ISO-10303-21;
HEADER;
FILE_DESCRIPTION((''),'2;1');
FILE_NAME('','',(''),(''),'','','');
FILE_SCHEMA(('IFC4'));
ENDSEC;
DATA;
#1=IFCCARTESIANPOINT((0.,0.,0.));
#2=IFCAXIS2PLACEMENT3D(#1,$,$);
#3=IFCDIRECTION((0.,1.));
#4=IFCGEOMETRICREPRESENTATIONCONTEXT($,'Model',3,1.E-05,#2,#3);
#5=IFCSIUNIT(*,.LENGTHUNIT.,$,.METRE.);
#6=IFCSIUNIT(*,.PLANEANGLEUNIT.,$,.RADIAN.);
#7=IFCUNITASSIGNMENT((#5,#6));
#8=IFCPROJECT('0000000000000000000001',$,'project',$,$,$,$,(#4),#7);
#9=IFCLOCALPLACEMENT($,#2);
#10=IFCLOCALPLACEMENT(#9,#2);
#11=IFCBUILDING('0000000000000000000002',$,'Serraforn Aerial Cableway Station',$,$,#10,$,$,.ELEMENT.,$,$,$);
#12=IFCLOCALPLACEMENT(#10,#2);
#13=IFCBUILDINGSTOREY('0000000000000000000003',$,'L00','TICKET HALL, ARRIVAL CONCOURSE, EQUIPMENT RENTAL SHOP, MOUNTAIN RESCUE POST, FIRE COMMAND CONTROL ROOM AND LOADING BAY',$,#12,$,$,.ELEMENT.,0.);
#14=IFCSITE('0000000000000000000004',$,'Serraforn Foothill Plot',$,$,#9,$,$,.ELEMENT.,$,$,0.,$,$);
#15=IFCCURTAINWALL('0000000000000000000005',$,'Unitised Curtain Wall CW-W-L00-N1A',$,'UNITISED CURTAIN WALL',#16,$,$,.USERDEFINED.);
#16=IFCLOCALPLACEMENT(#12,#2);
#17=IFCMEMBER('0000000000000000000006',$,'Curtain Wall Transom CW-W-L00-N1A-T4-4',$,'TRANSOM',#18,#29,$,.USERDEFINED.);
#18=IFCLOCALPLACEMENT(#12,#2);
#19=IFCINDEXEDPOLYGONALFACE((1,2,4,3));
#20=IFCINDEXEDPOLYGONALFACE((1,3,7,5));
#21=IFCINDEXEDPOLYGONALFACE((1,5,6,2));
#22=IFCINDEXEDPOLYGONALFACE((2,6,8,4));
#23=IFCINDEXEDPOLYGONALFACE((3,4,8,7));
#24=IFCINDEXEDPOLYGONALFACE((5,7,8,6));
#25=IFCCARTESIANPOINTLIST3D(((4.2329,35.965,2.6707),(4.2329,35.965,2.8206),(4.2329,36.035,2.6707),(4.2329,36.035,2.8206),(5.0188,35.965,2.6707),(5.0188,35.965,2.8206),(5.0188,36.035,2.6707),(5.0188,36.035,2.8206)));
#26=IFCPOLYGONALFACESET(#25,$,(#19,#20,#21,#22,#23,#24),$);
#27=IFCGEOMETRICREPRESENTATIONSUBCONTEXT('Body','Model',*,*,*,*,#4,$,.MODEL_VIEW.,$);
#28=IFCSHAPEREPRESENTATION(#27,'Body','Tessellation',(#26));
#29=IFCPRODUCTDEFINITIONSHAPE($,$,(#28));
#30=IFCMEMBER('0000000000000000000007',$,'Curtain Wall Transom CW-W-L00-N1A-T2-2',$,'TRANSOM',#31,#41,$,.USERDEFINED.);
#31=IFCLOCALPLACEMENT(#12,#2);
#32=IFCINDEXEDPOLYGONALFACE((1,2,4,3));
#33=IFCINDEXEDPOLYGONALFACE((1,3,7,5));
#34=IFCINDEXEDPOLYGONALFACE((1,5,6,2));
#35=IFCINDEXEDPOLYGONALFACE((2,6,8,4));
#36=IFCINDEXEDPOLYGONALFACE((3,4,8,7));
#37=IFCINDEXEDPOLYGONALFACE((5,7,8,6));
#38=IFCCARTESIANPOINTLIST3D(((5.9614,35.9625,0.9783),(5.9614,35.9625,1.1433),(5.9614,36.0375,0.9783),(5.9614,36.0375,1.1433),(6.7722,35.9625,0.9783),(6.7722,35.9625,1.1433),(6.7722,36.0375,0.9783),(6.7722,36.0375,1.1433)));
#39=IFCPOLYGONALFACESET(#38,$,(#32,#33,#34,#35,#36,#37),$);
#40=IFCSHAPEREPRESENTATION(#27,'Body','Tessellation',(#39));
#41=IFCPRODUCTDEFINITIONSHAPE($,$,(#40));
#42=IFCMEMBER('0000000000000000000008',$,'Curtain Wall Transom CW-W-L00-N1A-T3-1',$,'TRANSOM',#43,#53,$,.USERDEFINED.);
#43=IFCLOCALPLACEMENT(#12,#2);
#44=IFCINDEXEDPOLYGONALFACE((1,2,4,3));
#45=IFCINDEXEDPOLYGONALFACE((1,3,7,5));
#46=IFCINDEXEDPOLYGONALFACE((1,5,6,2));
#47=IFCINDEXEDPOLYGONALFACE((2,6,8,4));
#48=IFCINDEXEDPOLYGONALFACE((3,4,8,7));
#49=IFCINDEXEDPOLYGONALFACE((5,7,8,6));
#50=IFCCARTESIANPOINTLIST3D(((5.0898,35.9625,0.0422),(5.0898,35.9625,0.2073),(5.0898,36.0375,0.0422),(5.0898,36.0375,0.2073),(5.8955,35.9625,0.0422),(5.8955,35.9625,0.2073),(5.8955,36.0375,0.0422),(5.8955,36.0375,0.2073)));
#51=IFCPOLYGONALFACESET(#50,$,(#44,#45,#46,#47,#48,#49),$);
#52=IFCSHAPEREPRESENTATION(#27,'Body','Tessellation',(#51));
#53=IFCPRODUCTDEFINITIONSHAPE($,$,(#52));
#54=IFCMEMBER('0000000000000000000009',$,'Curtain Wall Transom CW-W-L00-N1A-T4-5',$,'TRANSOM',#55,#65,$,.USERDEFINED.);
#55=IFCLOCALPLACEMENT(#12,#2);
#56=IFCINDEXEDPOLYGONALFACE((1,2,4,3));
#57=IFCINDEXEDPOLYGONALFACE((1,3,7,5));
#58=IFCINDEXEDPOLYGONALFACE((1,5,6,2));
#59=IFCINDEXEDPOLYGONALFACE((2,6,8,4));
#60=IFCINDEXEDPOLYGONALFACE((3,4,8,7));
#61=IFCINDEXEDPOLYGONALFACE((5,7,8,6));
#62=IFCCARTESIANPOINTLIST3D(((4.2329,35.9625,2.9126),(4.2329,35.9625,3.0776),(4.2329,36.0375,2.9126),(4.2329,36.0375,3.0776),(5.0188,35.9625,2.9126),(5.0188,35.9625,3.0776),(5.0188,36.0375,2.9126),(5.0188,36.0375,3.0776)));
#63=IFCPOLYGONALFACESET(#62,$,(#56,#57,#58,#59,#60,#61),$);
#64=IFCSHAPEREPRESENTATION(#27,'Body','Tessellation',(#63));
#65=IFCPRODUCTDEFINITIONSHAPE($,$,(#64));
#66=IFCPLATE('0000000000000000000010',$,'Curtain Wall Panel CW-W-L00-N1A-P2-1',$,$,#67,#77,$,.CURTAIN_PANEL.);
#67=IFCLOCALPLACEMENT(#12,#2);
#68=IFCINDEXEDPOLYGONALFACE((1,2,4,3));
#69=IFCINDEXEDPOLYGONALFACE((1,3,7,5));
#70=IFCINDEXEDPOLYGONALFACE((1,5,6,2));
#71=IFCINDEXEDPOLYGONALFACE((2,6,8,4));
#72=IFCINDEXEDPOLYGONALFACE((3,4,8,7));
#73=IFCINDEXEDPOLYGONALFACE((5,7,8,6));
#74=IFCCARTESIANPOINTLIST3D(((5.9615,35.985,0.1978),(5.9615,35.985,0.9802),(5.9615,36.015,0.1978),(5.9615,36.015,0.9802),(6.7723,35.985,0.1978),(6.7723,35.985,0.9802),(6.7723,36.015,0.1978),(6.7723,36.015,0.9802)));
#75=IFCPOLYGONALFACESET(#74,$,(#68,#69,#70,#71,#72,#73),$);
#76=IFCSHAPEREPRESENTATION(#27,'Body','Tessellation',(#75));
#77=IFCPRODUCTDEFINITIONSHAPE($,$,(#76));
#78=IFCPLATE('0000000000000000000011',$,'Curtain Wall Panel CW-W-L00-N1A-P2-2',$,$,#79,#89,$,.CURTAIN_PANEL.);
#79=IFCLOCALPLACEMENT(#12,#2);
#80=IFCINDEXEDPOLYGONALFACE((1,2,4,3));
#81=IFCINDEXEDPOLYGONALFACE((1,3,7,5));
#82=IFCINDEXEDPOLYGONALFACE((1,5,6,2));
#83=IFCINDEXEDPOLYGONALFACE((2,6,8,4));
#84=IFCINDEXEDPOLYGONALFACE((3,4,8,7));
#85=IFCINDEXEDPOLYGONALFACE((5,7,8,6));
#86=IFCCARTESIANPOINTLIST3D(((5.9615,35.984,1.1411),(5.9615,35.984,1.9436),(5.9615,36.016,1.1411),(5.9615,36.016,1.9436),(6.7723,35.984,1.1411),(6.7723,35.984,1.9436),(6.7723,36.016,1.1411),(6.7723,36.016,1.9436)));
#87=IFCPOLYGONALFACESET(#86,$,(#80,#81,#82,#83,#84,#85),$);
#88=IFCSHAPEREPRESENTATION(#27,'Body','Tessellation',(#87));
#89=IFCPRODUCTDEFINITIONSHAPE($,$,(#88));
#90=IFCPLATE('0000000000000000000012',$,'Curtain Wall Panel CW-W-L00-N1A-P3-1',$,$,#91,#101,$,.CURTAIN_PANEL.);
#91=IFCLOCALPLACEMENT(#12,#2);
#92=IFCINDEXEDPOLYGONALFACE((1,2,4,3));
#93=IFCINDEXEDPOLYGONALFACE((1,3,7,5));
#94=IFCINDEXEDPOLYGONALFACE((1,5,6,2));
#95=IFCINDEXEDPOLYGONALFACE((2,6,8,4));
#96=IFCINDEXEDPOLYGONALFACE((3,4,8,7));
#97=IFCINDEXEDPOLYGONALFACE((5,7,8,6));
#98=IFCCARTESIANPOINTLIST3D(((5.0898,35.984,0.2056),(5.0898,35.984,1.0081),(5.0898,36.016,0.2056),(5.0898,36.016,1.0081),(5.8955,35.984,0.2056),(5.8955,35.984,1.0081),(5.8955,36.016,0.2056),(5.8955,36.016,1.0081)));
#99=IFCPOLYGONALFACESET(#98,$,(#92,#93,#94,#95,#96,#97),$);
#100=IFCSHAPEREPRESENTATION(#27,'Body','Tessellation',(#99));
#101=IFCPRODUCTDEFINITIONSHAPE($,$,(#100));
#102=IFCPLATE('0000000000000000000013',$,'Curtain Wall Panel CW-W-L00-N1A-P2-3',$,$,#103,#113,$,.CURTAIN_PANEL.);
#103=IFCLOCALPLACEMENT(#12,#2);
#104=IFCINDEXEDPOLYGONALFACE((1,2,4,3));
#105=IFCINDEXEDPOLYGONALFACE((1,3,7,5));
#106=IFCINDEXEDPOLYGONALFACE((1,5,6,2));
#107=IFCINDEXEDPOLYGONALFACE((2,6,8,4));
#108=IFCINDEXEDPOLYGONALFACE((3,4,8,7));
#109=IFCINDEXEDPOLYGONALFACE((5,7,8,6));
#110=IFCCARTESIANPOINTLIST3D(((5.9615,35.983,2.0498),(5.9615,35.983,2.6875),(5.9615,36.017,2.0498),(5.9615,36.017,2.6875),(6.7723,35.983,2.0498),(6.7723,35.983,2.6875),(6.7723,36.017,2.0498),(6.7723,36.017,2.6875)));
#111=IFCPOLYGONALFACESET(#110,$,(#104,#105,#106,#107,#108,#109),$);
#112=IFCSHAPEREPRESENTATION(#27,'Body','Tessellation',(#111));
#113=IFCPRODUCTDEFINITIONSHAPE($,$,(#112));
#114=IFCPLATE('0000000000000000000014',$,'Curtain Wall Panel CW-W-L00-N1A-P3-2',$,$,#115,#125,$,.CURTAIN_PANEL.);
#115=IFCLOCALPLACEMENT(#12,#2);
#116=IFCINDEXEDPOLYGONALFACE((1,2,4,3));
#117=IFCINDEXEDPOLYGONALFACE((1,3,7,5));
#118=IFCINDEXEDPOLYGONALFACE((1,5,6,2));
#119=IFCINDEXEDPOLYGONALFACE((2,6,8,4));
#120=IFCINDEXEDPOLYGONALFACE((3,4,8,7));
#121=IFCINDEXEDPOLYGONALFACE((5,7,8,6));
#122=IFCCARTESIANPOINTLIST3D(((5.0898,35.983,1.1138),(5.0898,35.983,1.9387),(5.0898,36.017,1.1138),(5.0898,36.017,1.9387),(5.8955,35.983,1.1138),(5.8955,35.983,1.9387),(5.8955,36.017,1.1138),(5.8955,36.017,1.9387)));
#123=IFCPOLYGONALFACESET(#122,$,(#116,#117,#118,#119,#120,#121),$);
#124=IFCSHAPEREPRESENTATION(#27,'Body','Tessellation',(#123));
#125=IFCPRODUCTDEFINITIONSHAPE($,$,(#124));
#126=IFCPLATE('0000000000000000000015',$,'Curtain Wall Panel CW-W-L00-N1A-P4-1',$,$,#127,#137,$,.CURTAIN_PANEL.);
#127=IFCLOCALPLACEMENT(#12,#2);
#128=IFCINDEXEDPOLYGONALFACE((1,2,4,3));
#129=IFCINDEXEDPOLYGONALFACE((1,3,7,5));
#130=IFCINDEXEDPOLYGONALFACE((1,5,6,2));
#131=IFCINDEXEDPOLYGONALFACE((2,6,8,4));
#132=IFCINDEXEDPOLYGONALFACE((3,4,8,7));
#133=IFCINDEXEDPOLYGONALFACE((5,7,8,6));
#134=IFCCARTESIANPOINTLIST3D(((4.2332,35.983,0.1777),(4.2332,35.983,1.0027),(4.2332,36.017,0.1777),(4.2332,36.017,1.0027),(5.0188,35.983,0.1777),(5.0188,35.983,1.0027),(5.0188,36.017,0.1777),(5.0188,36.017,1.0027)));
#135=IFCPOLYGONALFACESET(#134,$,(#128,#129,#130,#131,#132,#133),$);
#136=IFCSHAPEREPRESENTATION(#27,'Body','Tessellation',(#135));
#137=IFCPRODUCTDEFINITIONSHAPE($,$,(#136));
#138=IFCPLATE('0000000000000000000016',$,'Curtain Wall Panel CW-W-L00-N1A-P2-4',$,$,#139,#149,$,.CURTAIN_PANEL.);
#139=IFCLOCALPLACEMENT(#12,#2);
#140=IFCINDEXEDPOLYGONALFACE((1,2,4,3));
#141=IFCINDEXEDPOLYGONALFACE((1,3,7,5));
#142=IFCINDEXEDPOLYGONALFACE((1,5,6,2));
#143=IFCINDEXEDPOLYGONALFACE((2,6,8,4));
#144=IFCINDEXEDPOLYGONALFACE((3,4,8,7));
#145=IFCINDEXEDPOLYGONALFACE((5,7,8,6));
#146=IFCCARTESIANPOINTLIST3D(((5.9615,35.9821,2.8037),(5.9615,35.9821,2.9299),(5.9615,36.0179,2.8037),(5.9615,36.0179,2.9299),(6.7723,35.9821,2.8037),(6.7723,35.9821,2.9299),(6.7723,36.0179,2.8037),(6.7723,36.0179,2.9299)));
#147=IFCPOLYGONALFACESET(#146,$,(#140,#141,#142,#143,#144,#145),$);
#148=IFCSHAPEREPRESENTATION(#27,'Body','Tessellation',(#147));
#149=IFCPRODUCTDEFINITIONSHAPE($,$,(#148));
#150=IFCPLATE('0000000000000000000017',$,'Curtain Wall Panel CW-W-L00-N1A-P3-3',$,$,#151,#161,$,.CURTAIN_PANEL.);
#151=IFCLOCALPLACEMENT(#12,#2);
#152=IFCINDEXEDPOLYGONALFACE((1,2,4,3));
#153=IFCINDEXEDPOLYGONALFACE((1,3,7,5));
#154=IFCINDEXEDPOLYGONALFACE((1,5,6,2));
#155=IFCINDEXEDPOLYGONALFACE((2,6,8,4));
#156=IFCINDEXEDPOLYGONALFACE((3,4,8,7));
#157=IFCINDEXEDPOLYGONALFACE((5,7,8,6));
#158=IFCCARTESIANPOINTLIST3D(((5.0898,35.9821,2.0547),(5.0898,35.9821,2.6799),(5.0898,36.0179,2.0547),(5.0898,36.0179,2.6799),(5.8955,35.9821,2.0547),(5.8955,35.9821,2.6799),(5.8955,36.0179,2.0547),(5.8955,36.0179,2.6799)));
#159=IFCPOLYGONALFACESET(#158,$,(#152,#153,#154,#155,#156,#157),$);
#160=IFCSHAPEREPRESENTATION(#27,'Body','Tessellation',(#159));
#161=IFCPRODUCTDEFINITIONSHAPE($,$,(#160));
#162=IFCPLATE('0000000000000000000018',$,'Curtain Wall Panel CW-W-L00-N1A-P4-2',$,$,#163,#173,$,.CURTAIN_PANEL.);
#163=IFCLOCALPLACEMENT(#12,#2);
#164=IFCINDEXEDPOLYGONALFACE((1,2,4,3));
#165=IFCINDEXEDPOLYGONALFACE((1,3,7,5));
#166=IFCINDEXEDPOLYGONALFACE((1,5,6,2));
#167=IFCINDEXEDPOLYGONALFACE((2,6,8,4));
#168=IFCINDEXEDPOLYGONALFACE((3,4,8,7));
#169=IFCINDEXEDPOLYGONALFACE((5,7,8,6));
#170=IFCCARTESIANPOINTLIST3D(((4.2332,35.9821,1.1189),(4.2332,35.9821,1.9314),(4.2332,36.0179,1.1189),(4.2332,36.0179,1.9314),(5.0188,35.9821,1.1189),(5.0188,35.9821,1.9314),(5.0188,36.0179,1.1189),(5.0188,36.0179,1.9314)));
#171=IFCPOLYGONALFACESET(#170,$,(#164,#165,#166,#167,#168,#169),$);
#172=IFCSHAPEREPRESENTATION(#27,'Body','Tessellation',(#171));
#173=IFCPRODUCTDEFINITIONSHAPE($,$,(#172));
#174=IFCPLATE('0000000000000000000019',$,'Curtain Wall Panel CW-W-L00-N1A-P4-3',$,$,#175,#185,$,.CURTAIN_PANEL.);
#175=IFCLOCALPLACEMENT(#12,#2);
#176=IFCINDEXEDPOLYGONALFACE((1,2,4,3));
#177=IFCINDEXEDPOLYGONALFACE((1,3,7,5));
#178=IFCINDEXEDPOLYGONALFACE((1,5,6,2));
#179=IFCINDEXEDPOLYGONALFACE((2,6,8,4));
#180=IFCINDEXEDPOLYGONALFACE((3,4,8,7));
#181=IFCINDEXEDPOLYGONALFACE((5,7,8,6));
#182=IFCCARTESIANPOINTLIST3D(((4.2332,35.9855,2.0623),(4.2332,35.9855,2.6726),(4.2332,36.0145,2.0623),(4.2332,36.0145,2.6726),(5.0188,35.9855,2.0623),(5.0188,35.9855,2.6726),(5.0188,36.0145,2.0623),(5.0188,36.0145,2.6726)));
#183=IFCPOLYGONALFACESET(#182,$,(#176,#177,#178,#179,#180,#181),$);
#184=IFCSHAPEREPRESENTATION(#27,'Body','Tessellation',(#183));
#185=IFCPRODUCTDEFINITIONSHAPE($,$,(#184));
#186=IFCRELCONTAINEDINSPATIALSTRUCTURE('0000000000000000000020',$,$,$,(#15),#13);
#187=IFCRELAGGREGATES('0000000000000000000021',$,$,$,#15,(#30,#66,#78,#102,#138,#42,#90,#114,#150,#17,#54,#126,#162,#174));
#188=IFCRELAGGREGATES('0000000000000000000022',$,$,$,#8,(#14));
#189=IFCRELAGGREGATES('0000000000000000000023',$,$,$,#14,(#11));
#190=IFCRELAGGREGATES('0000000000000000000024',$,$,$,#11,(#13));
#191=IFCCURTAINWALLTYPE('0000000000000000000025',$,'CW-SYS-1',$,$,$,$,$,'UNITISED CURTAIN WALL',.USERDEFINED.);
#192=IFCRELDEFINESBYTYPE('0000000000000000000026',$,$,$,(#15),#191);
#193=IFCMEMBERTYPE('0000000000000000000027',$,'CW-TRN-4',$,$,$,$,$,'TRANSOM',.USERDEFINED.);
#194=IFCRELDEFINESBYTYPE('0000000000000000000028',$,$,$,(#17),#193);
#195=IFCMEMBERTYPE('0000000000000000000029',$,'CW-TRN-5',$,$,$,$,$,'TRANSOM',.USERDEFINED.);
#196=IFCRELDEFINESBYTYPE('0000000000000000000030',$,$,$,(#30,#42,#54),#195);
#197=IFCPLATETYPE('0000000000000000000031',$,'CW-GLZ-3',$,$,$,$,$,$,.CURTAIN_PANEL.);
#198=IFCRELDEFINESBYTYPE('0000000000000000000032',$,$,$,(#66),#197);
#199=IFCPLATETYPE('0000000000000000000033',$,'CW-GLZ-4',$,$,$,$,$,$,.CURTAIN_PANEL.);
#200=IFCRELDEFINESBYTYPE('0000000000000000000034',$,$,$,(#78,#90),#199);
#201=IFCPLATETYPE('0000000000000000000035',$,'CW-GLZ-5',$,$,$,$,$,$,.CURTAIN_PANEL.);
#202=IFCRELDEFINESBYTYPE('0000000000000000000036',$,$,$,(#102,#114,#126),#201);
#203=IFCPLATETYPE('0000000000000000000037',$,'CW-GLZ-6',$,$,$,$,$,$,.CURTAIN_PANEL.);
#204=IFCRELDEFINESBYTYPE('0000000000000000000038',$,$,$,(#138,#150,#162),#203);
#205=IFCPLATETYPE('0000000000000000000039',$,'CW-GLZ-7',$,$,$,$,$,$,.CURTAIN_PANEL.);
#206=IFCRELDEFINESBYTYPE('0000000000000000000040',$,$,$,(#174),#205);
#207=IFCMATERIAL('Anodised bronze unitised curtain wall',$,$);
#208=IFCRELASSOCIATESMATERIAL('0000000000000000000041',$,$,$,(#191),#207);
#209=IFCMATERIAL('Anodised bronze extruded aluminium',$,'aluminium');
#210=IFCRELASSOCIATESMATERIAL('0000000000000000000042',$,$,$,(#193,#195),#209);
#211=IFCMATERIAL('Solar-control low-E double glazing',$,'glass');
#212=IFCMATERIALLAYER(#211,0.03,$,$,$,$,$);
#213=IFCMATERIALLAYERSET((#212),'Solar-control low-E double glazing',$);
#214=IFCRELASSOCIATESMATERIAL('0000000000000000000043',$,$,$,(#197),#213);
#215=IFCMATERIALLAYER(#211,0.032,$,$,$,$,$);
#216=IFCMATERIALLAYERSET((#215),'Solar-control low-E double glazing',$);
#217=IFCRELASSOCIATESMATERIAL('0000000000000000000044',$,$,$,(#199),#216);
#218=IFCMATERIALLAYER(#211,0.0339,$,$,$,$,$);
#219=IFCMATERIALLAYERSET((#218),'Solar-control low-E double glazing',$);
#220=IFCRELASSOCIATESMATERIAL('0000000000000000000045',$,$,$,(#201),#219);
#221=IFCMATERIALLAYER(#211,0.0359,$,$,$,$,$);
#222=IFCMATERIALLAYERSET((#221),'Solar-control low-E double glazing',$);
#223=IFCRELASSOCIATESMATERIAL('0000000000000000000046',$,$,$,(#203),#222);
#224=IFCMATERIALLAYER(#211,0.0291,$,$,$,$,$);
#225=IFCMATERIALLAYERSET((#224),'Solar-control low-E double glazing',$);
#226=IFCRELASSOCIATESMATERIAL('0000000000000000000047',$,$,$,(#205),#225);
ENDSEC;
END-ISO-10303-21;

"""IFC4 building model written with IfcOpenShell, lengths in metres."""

from ifc_helpers import new_model, si_unit, direction, frame, origin, origin_2d, place, context, subcontext, project, spatial, rectangle, extrude, material, layer, layer_set, material_profile, profile_set, type_object, element, aggregate, save


model = new_model("IFC4")

# Units and contexts
model_context = context("Model", 3, precision=1e-05, world=origin(), true_north=direction((0.0, 1.0)))
body_context = subcontext(model_context, "Body", "Model", "MODEL_VIEW")
ifc_project = project(units=[si_unit("LENGTHUNIT", "METRE"), si_unit("PLANEANGLEUNIT", "RADIAN")], contexts=[model_context])

# Site, building, storey
site_placement = place(None, origin())
site = spatial("IfcSite", under=ifc_project, at=site_placement, Name="Serraforn Foothill Plot", CompositionType="ELEMENT", RefElevation=0.0)
building_placement = place(site_placement, origin())
building = spatial("IfcBuilding", under=site, at=building_placement, Name="Serraforn Aerial Cableway Station", CompositionType="ELEMENT")
storey_placement = place(building_placement, origin())
storey = spatial("IfcBuildingStorey", under=building, at=storey_placement, Name="L00", Description="TICKET HALL, ARRIVAL CONCOURSE, EQUIPMENT RENTAL SHOP, MOUNTAIN RESCUE POST, FIRE COMMAND CONTROL ROOM AND LOADING BAY", CompositionType="ELEMENT", Elevation=0.0)

# Curtain wall, members, plates
ifc_material_1 = material(Name="Anodised bronze unitised curtain wall")
curtain_wall_type = type_object("IfcCurtainWallType", Name="CW-SYS-1", ElementType="UNITISED CURTAIN WALL", PredefinedType="USERDEFINED", material=ifc_material_1)
curtain_wall_placement = place(storey_placement, origin())
curtain_wall = element("IfcCurtainWall", 1, at=curtain_wall_placement, inside=storey, type_object=curtain_wall_type, Name="Unitised Curtain Wall CW-W-L00-N1A", ObjectType="UNITISED CURTAIN WALL", PredefinedType="USERDEFINED")
ifc_material_2 = material(Name="Anodised bronze extruded aluminium", Category="aluminium")
ifc_material_profile_1 = material_profile(ifc_material_2, rectangle(XDim=0.0701, YDim=0.1499, at=origin_2d()), Name="CW TRANSOM 70x150")
ifc_profile_set_1 = profile_set([ifc_material_profile_1], Name="Anodised bronze extruded aluminium")
member_type_1 = type_object("IfcMemberType", Name="CW-TRN-4", ElementType="TRANSOM", PredefinedType="USERDEFINED", material=ifc_profile_set_1)
member_1_placement = place(storey_placement, frame((5.0188, 36.0, 2.7456), z_axis=(-1.0, 0.0, 0.0), x_axis=(0.0, -1.0, 0.0)))
member_1 = element("IfcMember", 2, at=member_1_placement, type_object=member_type_1, Name="Curtain Wall Transom CW-W-L00-N1A-T4-4", ObjectType="TRANSOM", PredefinedType="USERDEFINED", context=body_context, shape_type="SweptSolid", body=[
    extrude(rectangle(XDim=0.0701, YDim=0.1499, at=origin_2d()), origin(), (0.0, 0.0, 1.0), 0.7859),
])
ifc_material_profile_2 = material_profile(ifc_material_2, rectangle(XDim=0.075, YDim=0.165, at=origin_2d()), Name="CW TRANSOM 75x165")
ifc_profile_set_2 = profile_set([ifc_material_profile_2], Name="Anodised bronze extruded aluminium")
member_type_2 = type_object("IfcMemberType", Name="CW-TRN-5", ElementType="TRANSOM", PredefinedType="USERDEFINED", material=ifc_profile_set_2)
member_2_placement = place(storey_placement, frame((6.7722, 36.0, 1.0608), z_axis=(-1.0, 0.0, 0.0), x_axis=(0.0, -1.0, 0.0)))
member_2 = element("IfcMember", 3, at=member_2_placement, type_object=member_type_2, Name="Curtain Wall Transom CW-W-L00-N1A-T2-2", ObjectType="TRANSOM", PredefinedType="USERDEFINED", context=body_context, shape_type="SweptSolid", body=[
    extrude(rectangle(XDim=0.075, YDim=0.165, at=origin_2d()), origin(), (0.0, 0.0, 1.0), 0.8108),
])
member_3_placement = place(storey_placement, frame((5.8955, 36.0, 0.1248), z_axis=(-1.0, 0.0, 0.0), x_axis=(0.0, -1.0, 0.0)))
member_3 = element("IfcMember", 4, at=member_3_placement, type_object=member_type_2, Name="Curtain Wall Transom CW-W-L00-N1A-T3-1", ObjectType="TRANSOM", PredefinedType="USERDEFINED", context=body_context, shape_type="SweptSolid", body=[
    extrude(rectangle(XDim=0.075, YDim=0.165, at=origin_2d()), origin(), (0.0, 0.0, 1.0), 0.8057),
])
member_4_placement = place(storey_placement, frame((5.0188, 36.0, 2.9951), z_axis=(-1.0, 0.0, 0.0), x_axis=(0.0, -1.0, 0.0)))
member_4 = element("IfcMember", 5, at=member_4_placement, type_object=member_type_2, Name="Curtain Wall Transom CW-W-L00-N1A-T4-5", ObjectType="TRANSOM", PredefinedType="USERDEFINED", context=body_context, shape_type="SweptSolid", body=[
    extrude(rectangle(XDim=0.075, YDim=0.165, at=origin_2d()), origin(), (0.0, 0.0, 1.0), 0.7859),
])
ifc_material_3 = material(Name="Solar-control low-E double glazing", Category="glass")
ifc_layer_1 = layer(ifc_material_3, 0.03)
ifc_layer_set_1 = layer_set([ifc_layer_1], Name="Solar-control low-E double glazing")
plate_type_1 = type_object("IfcPlateType", Name="CW-GLZ-3", PredefinedType="CURTAIN_PANEL", material=ifc_layer_set_1)
plate_1_placement = place(storey_placement, frame((6.3669, 36.0, 0.1978), z_axis=(0.0, 0.0, 1.0), x_axis=(1.0, 0.0, 0.0)))
plate_1 = element("IfcPlate", 6, at=plate_1_placement, type_object=plate_type_1, Name="Curtain Wall Panel CW-W-L00-N1A-P2-1", PredefinedType="CURTAIN_PANEL", context=body_context, shape_type="SweptSolid", body=[
    extrude(rectangle(XDim=0.8108, YDim=0.03, at=origin_2d()), origin(), (0.0, 0.0, 1.0), 0.7825),
])
ifc_layer_2 = layer(ifc_material_3, 0.032)
ifc_layer_set_2 = layer_set([ifc_layer_2], Name="Solar-control low-E double glazing")
plate_type_2 = type_object("IfcPlateType", Name="CW-GLZ-4", PredefinedType="CURTAIN_PANEL", material=ifc_layer_set_2)
plate_2_placement = place(storey_placement, frame((6.3669, 36.0, 1.1411), z_axis=(0.0, 0.0, 1.0), x_axis=(1.0, 0.0, 0.0)))
plate_2 = element("IfcPlate", 7, at=plate_2_placement, type_object=plate_type_2, Name="Curtain Wall Panel CW-W-L00-N1A-P2-2", PredefinedType="CURTAIN_PANEL", context=body_context, shape_type="SweptSolid", body=[
    extrude(rectangle(XDim=0.8108, YDim=0.032, at=origin_2d()), origin(), (0.0, 0.0, 1.0), 0.8025),
])
plate_3_placement = place(storey_placement, frame((5.4927, 36.0, 0.2056), z_axis=(0.0, 0.0, 1.0), x_axis=(1.0, 0.0, 0.0)))
plate_3 = element("IfcPlate", 8, at=plate_3_placement, type_object=plate_type_2, Name="Curtain Wall Panel CW-W-L00-N1A-P3-1", PredefinedType="CURTAIN_PANEL", context=body_context, shape_type="SweptSolid", body=[
    extrude(rectangle(XDim=0.8057, YDim=0.032, at=origin_2d()), origin(), (0.0, 0.0, 1.0), 0.8025),
])
ifc_layer_3 = layer(ifc_material_3, 0.0339)
ifc_layer_set_3 = layer_set([ifc_layer_3], Name="Solar-control low-E double glazing")
plate_type_3 = type_object("IfcPlateType", Name="CW-GLZ-5", PredefinedType="CURTAIN_PANEL", material=ifc_layer_set_3)
plate_4_placement = place(storey_placement, frame((6.3669, 36.0, 2.0498), z_axis=(0.0, 0.0, 1.0), x_axis=(1.0, 0.0, 0.0)))
plate_4 = element("IfcPlate", 9, at=plate_4_placement, type_object=plate_type_3, Name="Curtain Wall Panel CW-W-L00-N1A-P2-3", PredefinedType="CURTAIN_PANEL", context=body_context, shape_type="SweptSolid", body=[
    extrude(rectangle(XDim=0.8108, YDim=0.0339, at=origin_2d()), origin(), (0.0, 0.0, 1.0), 0.6377),
])
plate_5_placement = place(storey_placement, frame((5.4927, 36.0, 1.1138), z_axis=(0.0, 0.0, 1.0), x_axis=(1.0, 0.0, 0.0)))
plate_5 = element("IfcPlate", 10, at=plate_5_placement, type_object=plate_type_3, Name="Curtain Wall Panel CW-W-L00-N1A-P3-2", PredefinedType="CURTAIN_PANEL", context=body_context, shape_type="SweptSolid", body=[
    extrude(rectangle(XDim=0.8057, YDim=0.0339, at=origin_2d()), origin(), (0.0, 0.0, 1.0), 0.825),
])
plate_6_placement = place(storey_placement, frame((4.626, 36.0, 0.1777), z_axis=(0.0, 0.0, 1.0), x_axis=(1.0, 0.0, 0.0)))
plate_6 = element("IfcPlate", 11, at=plate_6_placement, type_object=plate_type_3, Name="Curtain Wall Panel CW-W-L00-N1A-P4-1", PredefinedType="CURTAIN_PANEL", context=body_context, shape_type="SweptSolid", body=[
    extrude(rectangle(XDim=0.7856, YDim=0.0339, at=origin_2d()), origin(), (0.0, 0.0, 1.0), 0.825),
])
ifc_layer_4 = layer(ifc_material_3, 0.0359)
ifc_layer_set_4 = layer_set([ifc_layer_4], Name="Solar-control low-E double glazing")
plate_type_4 = type_object("IfcPlateType", Name="CW-GLZ-6", PredefinedType="CURTAIN_PANEL", material=ifc_layer_set_4)
plate_7_placement = place(storey_placement, frame((6.3669, 36.0, 2.8037), z_axis=(0.0, 0.0, 1.0), x_axis=(1.0, 0.0, 0.0)))
plate_7 = element("IfcPlate", 12, at=plate_7_placement, type_object=plate_type_4, Name="Curtain Wall Panel CW-W-L00-N1A-P2-4", PredefinedType="CURTAIN_PANEL", context=body_context, shape_type="SweptSolid", body=[
    extrude(rectangle(XDim=0.8108, YDim=0.0359, at=origin_2d()), origin(), (0.0, 0.0, 1.0), 0.1262),
])
plate_8_placement = place(storey_placement, frame((5.4927, 36.0, 2.0547), z_axis=(0.0, 0.0, 1.0), x_axis=(1.0, 0.0, 0.0)))
plate_8 = element("IfcPlate", 13, at=plate_8_placement, type_object=plate_type_4, Name="Curtain Wall Panel CW-W-L00-N1A-P3-3", PredefinedType="CURTAIN_PANEL", context=body_context, shape_type="SweptSolid", body=[
    extrude(rectangle(XDim=0.8057, YDim=0.0359, at=origin_2d()), origin(), (0.0, 0.0, 1.0), 0.6252),
])
plate_9_placement = place(storey_placement, frame((4.626, 36.0, 1.1189), z_axis=(0.0, 0.0, 1.0), x_axis=(1.0, 0.0, 0.0)))
plate_9 = element("IfcPlate", 14, at=plate_9_placement, type_object=plate_type_4, Name="Curtain Wall Panel CW-W-L00-N1A-P4-2", PredefinedType="CURTAIN_PANEL", context=body_context, shape_type="SweptSolid", body=[
    extrude(rectangle(XDim=0.7856, YDim=0.0359, at=origin_2d()), origin(), (0.0, 0.0, 1.0), 0.8125),
])
ifc_layer_5 = layer(ifc_material_3, 0.0291)
ifc_layer_set_5 = layer_set([ifc_layer_5], Name="Solar-control low-E double glazing")
plate_type_5 = type_object("IfcPlateType", Name="CW-GLZ-7", PredefinedType="CURTAIN_PANEL", material=ifc_layer_set_5)
plate_10_placement = place(storey_placement, frame((4.626, 36.0, 2.0623), z_axis=(0.0, 0.0, 1.0), x_axis=(1.0, 0.0, 0.0)))
plate_10 = element("IfcPlate", 15, at=plate_10_placement, type_object=plate_type_5, Name="Curtain Wall Panel CW-W-L00-N1A-P4-3", PredefinedType="CURTAIN_PANEL", context=body_context, shape_type="SweptSolid", body=[
    extrude(rectangle(XDim=0.7856, YDim=0.0291, at=origin_2d()), origin(), (0.0, 0.0, 1.0), 0.6104),
])
aggregate(curtain_wall, [member_2, plate_1, plate_2, plate_4, plate_7, member_3, plate_3, plate_5, plate_8, member_1, member_4, plate_6, plate_9, plate_10])

save(model, "model.ifc")
